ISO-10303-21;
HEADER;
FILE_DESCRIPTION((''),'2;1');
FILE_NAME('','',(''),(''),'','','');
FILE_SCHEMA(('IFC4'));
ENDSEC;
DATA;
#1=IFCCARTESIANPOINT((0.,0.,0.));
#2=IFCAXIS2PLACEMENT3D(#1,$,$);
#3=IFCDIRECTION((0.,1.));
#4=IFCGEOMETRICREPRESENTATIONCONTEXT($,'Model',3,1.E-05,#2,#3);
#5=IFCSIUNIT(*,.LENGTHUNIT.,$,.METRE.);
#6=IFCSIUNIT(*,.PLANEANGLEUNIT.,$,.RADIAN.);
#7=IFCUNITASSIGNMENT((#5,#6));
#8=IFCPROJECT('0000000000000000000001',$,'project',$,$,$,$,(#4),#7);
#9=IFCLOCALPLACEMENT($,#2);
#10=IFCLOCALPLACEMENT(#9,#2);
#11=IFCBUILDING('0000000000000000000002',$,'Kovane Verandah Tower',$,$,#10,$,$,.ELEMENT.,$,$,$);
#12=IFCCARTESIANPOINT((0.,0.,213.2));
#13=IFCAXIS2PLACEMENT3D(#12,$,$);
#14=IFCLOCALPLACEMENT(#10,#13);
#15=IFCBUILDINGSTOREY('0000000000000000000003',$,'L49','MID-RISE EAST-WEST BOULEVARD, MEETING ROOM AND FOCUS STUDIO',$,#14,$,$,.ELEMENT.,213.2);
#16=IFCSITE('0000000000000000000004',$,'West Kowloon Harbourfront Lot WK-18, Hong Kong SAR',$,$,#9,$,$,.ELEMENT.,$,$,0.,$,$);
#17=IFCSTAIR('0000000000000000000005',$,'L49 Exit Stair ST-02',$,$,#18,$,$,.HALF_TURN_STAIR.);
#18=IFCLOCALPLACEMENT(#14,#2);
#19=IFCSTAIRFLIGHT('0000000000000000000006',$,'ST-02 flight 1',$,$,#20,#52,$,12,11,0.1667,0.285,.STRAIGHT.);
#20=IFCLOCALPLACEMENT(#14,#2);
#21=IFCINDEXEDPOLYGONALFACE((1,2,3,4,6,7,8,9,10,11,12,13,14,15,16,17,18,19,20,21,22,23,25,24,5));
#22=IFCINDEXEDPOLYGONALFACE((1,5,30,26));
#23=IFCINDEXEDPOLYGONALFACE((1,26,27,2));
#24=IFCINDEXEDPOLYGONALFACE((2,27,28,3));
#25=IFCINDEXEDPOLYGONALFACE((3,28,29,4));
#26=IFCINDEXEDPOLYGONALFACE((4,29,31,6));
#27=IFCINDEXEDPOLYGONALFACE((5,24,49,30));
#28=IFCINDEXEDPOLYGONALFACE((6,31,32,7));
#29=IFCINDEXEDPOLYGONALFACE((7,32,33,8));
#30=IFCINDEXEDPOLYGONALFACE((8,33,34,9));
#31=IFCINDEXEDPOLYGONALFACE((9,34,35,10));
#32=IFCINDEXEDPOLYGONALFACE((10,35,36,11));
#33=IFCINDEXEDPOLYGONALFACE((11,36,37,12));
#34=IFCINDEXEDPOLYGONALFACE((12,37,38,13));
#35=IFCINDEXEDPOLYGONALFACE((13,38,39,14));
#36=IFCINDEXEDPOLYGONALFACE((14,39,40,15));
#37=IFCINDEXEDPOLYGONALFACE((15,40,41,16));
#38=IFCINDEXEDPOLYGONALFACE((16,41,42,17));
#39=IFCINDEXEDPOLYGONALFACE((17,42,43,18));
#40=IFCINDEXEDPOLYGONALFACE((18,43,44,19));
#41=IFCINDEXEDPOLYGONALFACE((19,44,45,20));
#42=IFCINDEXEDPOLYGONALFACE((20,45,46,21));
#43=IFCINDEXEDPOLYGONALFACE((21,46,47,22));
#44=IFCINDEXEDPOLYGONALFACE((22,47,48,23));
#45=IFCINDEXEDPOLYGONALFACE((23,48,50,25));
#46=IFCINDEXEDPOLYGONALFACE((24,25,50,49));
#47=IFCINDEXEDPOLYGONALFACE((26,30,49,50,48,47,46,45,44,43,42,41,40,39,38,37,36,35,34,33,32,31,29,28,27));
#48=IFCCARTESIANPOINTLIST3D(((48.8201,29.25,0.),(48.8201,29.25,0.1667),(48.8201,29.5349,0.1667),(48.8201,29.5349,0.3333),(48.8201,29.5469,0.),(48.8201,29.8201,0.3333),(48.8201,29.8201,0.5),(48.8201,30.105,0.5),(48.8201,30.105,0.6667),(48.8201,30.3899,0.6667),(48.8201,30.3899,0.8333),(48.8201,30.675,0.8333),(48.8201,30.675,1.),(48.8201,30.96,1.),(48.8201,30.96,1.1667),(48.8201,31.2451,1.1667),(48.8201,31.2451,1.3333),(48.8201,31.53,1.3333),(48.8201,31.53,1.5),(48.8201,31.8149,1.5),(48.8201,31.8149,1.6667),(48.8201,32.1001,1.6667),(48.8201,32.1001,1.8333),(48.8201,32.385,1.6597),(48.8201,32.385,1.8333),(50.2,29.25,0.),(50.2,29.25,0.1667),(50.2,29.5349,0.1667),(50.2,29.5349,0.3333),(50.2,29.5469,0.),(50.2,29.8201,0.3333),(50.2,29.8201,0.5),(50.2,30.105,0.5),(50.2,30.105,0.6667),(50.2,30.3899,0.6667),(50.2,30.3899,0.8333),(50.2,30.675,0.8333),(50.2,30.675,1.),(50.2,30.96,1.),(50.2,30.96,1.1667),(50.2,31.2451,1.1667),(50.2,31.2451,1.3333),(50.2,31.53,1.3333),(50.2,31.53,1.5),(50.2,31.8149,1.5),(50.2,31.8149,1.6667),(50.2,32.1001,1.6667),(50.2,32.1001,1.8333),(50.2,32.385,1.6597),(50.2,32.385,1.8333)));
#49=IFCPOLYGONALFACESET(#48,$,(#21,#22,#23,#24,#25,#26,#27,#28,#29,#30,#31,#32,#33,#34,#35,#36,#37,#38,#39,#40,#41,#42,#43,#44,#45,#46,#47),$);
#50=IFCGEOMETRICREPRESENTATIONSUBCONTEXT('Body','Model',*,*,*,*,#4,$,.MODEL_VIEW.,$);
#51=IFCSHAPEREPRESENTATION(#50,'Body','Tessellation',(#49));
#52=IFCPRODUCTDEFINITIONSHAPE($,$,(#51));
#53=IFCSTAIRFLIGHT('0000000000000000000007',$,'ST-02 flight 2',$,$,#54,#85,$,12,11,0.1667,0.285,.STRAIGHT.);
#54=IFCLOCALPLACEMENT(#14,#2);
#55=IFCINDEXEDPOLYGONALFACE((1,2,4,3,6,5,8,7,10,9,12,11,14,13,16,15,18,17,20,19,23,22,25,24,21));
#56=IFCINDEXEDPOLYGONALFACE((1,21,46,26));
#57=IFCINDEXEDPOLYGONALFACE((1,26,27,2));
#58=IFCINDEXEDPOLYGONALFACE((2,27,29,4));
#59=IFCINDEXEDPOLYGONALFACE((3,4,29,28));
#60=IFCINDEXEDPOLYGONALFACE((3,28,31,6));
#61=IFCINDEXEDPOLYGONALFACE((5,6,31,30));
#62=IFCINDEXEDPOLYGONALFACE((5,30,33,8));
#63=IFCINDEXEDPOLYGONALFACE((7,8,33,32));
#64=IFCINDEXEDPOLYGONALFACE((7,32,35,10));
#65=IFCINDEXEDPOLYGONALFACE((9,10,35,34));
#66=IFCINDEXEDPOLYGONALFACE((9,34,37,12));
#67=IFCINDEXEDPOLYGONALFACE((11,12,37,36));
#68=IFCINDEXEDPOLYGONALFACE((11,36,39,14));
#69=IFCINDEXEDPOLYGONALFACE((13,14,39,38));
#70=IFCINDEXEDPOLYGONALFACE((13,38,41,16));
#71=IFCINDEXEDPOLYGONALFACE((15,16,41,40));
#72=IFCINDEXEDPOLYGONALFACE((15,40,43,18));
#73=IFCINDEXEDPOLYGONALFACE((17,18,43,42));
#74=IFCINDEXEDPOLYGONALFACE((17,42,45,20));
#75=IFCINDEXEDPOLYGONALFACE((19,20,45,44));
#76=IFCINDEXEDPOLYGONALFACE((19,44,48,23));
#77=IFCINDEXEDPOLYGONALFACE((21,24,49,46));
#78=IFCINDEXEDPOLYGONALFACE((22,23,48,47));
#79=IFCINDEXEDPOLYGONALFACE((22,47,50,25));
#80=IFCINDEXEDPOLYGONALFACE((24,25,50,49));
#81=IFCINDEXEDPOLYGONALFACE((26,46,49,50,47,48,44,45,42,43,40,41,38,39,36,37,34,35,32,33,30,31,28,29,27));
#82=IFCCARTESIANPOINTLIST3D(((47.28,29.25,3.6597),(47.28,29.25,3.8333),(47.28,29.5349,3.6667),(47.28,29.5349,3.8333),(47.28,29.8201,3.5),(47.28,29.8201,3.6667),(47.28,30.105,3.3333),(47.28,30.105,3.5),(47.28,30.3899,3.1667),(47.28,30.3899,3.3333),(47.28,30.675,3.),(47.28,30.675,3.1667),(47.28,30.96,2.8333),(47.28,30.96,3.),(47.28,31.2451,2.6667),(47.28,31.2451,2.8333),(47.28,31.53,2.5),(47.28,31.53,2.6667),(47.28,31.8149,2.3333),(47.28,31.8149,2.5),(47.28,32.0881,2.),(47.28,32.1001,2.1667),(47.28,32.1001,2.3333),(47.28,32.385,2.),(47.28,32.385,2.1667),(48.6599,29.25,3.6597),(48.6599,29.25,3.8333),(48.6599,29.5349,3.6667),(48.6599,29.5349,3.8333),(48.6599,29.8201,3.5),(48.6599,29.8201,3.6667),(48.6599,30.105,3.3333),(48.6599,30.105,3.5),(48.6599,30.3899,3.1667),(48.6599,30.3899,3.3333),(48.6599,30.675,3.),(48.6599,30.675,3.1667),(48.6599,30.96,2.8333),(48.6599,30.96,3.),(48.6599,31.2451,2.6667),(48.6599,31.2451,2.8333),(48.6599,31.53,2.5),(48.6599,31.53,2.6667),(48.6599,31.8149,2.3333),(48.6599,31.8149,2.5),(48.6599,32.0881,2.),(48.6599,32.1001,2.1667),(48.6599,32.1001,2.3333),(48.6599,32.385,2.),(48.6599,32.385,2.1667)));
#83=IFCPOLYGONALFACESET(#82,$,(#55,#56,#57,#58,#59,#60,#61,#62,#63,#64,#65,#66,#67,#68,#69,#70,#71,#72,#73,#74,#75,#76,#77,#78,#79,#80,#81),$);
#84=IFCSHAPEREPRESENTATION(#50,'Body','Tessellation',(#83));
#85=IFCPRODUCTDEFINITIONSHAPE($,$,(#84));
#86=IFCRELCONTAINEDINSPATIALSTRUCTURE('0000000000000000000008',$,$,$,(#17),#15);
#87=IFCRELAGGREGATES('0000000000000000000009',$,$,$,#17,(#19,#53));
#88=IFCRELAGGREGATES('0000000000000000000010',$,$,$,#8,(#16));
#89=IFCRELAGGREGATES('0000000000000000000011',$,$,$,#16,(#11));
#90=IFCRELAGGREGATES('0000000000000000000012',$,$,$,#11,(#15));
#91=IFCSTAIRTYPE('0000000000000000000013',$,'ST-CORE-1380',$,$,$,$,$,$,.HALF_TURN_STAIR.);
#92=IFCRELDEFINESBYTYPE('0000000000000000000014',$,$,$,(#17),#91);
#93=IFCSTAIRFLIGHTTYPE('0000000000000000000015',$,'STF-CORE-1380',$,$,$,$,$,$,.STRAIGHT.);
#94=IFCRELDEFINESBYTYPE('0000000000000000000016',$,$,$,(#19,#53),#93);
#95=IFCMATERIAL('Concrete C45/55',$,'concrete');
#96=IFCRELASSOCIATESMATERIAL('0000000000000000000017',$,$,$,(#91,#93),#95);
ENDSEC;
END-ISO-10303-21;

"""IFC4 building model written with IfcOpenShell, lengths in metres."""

from ifc_helpers import new_model, si_unit, direction, frame, origin, place, context, subcontext, project, spatial, polyline, outline, extrude, material, type_object, element, aggregate, save


model = new_model("IFC4")

# Units and contexts
model_context = context("Model", 3, precision=1e-05, world=origin(), true_north=direction((0.0, 1.0)))
body_context = subcontext(model_context, "Body", "Model", "MODEL_VIEW")
ifc_project = project(units=[si_unit("LENGTHUNIT", "METRE"), si_unit("PLANEANGLEUNIT", "RADIAN")], contexts=[model_context])

# Site, building, storey
site_placement = place(None, origin())
site = spatial("IfcSite", under=ifc_project, at=site_placement, Name="West Kowloon Harbourfront Lot WK-18, Hong Kong SAR", CompositionType="ELEMENT", RefElevation=0.0)
building_placement = place(site_placement, origin())
building = spatial("IfcBuilding", under=site, at=building_placement, Name="Kovane Verandah Tower", CompositionType="ELEMENT")
storey_placement = place(building_placement, frame((0.0, 0.0, 213.2)))
storey = spatial("IfcBuildingStorey", under=building, at=storey_placement, Name="L49", Description="MID-RISE EAST-WEST BOULEVARD, MEETING ROOM AND FOCUS STUDIO", CompositionType="ELEMENT", Elevation=213.2)

# Shared definitions
ifc_material_1 = material(Name="Concrete C45/55", Category="concrete")

# Stair, stair flights
stair_type = type_object("IfcStairType", Name="ST-CORE-1380", PredefinedType="HALF_TURN_STAIR", material=ifc_material_1)
stair_placement = place(storey_placement, origin())
stair = element("IfcStair", 1, at=stair_placement, inside=storey, type_object=stair_type, Name="L49 Exit Stair ST-02", PredefinedType="HALF_TURN_STAIR")
stair_flight_type = type_object("IfcStairFlightType", Name="STF-CORE-1380", PredefinedType="STRAIGHT", material=ifc_material_1)
stair_flight_1_placement = place(storey_placement, frame((49.51, 29.25, 0.0), z_axis=(0.0, 0.0, 1.0), x_axis=(0.0, 1.0, 0.0)))
stair_flight_1 = element("IfcStairFlight", 2, at=stair_flight_1_placement, type_object=stair_flight_type, Name="ST-02 flight 1", NumberOfRisers=12, NumberOfTreads=11, PredefinedType="STRAIGHT", RiserHeight=0.1667, TreadLength=0.285, context=body_context, shape_type="SweptSolid", body=[
    extrude(outline(polyline([(0.0, 0.0), (0.0, 0.1667), (0.2849, 0.1667), (0.2849, 0.3333), (0.5701, 0.3333), (0.5701, 0.5), (0.855, 0.5), (0.855, 0.6667), (1.1399, 0.6667), (1.1399, 0.8333), (1.425, 0.8333), (1.425, 1.0), (1.71, 1.0), (1.71, 1.1667), (1.9951, 1.1667), (1.9951, 1.3333), (2.28, 1.3333), (2.28, 1.5), (2.5649, 1.5), (2.5649, 1.6667), (2.8501, 1.6667), (2.8501, 1.8333), (3.135, 1.8333), (3.135, 2.0), (3.135, 1.6597), (0.2969, 0.0), (0.0, 0.0)])), frame((0.0, 0.6899, 0.0), z_axis=(0.0, -1.0, 0.0), x_axis=(1.0, 0.0, 0.0)), (0.0, 0.0, 1.0), 1.3799),
])
stair_flight_2_placement = place(storey_placement, frame((47.97, 32.385, 2.0), z_axis=(0.0, 0.0, 1.0), x_axis=(0.0, -1.0, 0.0)))
stair_flight_2 = element("IfcStairFlight", 3, at=stair_flight_2_placement, type_object=stair_flight_type, Name="ST-02 flight 2", NumberOfRisers=12, NumberOfTreads=11, PredefinedType="STRAIGHT", RiserHeight=0.1667, TreadLength=0.285, context=body_context, shape_type="SweptSolid", body=[
    extrude(outline(polyline([(0.0, 0.0), (0.0, 0.1667), (0.2849, 0.1667), (0.2849, 0.3333), (0.5701, 0.3333), (0.5701, 0.5), (0.855, 0.5), (0.855, 0.6667), (1.1399, 0.6667), (1.1399, 0.8333), (1.425, 0.8333), (1.425, 1.0), (1.71, 1.0), (1.71, 1.1667), (1.9951, 1.1667), (1.9951, 1.3333), (2.28, 1.3333), (2.28, 1.5), (2.5649, 1.5), (2.5649, 1.6667), (2.8501, 1.6667), (2.8501, 1.8333), (3.135, 1.8333), (3.135, 2.0), (3.135, 1.6597), (0.2969, 0.0), (0.0, 0.0)])), frame((0.0, 0.6899, 0.0), z_axis=(0.0, -1.0, 0.0), x_axis=(1.0, 0.0, 0.0)), (0.0, 0.0, 1.0), 1.3799),
])
aggregate(stair, [stair_flight_1, stair_flight_2])

save(model, "model.ifc")
